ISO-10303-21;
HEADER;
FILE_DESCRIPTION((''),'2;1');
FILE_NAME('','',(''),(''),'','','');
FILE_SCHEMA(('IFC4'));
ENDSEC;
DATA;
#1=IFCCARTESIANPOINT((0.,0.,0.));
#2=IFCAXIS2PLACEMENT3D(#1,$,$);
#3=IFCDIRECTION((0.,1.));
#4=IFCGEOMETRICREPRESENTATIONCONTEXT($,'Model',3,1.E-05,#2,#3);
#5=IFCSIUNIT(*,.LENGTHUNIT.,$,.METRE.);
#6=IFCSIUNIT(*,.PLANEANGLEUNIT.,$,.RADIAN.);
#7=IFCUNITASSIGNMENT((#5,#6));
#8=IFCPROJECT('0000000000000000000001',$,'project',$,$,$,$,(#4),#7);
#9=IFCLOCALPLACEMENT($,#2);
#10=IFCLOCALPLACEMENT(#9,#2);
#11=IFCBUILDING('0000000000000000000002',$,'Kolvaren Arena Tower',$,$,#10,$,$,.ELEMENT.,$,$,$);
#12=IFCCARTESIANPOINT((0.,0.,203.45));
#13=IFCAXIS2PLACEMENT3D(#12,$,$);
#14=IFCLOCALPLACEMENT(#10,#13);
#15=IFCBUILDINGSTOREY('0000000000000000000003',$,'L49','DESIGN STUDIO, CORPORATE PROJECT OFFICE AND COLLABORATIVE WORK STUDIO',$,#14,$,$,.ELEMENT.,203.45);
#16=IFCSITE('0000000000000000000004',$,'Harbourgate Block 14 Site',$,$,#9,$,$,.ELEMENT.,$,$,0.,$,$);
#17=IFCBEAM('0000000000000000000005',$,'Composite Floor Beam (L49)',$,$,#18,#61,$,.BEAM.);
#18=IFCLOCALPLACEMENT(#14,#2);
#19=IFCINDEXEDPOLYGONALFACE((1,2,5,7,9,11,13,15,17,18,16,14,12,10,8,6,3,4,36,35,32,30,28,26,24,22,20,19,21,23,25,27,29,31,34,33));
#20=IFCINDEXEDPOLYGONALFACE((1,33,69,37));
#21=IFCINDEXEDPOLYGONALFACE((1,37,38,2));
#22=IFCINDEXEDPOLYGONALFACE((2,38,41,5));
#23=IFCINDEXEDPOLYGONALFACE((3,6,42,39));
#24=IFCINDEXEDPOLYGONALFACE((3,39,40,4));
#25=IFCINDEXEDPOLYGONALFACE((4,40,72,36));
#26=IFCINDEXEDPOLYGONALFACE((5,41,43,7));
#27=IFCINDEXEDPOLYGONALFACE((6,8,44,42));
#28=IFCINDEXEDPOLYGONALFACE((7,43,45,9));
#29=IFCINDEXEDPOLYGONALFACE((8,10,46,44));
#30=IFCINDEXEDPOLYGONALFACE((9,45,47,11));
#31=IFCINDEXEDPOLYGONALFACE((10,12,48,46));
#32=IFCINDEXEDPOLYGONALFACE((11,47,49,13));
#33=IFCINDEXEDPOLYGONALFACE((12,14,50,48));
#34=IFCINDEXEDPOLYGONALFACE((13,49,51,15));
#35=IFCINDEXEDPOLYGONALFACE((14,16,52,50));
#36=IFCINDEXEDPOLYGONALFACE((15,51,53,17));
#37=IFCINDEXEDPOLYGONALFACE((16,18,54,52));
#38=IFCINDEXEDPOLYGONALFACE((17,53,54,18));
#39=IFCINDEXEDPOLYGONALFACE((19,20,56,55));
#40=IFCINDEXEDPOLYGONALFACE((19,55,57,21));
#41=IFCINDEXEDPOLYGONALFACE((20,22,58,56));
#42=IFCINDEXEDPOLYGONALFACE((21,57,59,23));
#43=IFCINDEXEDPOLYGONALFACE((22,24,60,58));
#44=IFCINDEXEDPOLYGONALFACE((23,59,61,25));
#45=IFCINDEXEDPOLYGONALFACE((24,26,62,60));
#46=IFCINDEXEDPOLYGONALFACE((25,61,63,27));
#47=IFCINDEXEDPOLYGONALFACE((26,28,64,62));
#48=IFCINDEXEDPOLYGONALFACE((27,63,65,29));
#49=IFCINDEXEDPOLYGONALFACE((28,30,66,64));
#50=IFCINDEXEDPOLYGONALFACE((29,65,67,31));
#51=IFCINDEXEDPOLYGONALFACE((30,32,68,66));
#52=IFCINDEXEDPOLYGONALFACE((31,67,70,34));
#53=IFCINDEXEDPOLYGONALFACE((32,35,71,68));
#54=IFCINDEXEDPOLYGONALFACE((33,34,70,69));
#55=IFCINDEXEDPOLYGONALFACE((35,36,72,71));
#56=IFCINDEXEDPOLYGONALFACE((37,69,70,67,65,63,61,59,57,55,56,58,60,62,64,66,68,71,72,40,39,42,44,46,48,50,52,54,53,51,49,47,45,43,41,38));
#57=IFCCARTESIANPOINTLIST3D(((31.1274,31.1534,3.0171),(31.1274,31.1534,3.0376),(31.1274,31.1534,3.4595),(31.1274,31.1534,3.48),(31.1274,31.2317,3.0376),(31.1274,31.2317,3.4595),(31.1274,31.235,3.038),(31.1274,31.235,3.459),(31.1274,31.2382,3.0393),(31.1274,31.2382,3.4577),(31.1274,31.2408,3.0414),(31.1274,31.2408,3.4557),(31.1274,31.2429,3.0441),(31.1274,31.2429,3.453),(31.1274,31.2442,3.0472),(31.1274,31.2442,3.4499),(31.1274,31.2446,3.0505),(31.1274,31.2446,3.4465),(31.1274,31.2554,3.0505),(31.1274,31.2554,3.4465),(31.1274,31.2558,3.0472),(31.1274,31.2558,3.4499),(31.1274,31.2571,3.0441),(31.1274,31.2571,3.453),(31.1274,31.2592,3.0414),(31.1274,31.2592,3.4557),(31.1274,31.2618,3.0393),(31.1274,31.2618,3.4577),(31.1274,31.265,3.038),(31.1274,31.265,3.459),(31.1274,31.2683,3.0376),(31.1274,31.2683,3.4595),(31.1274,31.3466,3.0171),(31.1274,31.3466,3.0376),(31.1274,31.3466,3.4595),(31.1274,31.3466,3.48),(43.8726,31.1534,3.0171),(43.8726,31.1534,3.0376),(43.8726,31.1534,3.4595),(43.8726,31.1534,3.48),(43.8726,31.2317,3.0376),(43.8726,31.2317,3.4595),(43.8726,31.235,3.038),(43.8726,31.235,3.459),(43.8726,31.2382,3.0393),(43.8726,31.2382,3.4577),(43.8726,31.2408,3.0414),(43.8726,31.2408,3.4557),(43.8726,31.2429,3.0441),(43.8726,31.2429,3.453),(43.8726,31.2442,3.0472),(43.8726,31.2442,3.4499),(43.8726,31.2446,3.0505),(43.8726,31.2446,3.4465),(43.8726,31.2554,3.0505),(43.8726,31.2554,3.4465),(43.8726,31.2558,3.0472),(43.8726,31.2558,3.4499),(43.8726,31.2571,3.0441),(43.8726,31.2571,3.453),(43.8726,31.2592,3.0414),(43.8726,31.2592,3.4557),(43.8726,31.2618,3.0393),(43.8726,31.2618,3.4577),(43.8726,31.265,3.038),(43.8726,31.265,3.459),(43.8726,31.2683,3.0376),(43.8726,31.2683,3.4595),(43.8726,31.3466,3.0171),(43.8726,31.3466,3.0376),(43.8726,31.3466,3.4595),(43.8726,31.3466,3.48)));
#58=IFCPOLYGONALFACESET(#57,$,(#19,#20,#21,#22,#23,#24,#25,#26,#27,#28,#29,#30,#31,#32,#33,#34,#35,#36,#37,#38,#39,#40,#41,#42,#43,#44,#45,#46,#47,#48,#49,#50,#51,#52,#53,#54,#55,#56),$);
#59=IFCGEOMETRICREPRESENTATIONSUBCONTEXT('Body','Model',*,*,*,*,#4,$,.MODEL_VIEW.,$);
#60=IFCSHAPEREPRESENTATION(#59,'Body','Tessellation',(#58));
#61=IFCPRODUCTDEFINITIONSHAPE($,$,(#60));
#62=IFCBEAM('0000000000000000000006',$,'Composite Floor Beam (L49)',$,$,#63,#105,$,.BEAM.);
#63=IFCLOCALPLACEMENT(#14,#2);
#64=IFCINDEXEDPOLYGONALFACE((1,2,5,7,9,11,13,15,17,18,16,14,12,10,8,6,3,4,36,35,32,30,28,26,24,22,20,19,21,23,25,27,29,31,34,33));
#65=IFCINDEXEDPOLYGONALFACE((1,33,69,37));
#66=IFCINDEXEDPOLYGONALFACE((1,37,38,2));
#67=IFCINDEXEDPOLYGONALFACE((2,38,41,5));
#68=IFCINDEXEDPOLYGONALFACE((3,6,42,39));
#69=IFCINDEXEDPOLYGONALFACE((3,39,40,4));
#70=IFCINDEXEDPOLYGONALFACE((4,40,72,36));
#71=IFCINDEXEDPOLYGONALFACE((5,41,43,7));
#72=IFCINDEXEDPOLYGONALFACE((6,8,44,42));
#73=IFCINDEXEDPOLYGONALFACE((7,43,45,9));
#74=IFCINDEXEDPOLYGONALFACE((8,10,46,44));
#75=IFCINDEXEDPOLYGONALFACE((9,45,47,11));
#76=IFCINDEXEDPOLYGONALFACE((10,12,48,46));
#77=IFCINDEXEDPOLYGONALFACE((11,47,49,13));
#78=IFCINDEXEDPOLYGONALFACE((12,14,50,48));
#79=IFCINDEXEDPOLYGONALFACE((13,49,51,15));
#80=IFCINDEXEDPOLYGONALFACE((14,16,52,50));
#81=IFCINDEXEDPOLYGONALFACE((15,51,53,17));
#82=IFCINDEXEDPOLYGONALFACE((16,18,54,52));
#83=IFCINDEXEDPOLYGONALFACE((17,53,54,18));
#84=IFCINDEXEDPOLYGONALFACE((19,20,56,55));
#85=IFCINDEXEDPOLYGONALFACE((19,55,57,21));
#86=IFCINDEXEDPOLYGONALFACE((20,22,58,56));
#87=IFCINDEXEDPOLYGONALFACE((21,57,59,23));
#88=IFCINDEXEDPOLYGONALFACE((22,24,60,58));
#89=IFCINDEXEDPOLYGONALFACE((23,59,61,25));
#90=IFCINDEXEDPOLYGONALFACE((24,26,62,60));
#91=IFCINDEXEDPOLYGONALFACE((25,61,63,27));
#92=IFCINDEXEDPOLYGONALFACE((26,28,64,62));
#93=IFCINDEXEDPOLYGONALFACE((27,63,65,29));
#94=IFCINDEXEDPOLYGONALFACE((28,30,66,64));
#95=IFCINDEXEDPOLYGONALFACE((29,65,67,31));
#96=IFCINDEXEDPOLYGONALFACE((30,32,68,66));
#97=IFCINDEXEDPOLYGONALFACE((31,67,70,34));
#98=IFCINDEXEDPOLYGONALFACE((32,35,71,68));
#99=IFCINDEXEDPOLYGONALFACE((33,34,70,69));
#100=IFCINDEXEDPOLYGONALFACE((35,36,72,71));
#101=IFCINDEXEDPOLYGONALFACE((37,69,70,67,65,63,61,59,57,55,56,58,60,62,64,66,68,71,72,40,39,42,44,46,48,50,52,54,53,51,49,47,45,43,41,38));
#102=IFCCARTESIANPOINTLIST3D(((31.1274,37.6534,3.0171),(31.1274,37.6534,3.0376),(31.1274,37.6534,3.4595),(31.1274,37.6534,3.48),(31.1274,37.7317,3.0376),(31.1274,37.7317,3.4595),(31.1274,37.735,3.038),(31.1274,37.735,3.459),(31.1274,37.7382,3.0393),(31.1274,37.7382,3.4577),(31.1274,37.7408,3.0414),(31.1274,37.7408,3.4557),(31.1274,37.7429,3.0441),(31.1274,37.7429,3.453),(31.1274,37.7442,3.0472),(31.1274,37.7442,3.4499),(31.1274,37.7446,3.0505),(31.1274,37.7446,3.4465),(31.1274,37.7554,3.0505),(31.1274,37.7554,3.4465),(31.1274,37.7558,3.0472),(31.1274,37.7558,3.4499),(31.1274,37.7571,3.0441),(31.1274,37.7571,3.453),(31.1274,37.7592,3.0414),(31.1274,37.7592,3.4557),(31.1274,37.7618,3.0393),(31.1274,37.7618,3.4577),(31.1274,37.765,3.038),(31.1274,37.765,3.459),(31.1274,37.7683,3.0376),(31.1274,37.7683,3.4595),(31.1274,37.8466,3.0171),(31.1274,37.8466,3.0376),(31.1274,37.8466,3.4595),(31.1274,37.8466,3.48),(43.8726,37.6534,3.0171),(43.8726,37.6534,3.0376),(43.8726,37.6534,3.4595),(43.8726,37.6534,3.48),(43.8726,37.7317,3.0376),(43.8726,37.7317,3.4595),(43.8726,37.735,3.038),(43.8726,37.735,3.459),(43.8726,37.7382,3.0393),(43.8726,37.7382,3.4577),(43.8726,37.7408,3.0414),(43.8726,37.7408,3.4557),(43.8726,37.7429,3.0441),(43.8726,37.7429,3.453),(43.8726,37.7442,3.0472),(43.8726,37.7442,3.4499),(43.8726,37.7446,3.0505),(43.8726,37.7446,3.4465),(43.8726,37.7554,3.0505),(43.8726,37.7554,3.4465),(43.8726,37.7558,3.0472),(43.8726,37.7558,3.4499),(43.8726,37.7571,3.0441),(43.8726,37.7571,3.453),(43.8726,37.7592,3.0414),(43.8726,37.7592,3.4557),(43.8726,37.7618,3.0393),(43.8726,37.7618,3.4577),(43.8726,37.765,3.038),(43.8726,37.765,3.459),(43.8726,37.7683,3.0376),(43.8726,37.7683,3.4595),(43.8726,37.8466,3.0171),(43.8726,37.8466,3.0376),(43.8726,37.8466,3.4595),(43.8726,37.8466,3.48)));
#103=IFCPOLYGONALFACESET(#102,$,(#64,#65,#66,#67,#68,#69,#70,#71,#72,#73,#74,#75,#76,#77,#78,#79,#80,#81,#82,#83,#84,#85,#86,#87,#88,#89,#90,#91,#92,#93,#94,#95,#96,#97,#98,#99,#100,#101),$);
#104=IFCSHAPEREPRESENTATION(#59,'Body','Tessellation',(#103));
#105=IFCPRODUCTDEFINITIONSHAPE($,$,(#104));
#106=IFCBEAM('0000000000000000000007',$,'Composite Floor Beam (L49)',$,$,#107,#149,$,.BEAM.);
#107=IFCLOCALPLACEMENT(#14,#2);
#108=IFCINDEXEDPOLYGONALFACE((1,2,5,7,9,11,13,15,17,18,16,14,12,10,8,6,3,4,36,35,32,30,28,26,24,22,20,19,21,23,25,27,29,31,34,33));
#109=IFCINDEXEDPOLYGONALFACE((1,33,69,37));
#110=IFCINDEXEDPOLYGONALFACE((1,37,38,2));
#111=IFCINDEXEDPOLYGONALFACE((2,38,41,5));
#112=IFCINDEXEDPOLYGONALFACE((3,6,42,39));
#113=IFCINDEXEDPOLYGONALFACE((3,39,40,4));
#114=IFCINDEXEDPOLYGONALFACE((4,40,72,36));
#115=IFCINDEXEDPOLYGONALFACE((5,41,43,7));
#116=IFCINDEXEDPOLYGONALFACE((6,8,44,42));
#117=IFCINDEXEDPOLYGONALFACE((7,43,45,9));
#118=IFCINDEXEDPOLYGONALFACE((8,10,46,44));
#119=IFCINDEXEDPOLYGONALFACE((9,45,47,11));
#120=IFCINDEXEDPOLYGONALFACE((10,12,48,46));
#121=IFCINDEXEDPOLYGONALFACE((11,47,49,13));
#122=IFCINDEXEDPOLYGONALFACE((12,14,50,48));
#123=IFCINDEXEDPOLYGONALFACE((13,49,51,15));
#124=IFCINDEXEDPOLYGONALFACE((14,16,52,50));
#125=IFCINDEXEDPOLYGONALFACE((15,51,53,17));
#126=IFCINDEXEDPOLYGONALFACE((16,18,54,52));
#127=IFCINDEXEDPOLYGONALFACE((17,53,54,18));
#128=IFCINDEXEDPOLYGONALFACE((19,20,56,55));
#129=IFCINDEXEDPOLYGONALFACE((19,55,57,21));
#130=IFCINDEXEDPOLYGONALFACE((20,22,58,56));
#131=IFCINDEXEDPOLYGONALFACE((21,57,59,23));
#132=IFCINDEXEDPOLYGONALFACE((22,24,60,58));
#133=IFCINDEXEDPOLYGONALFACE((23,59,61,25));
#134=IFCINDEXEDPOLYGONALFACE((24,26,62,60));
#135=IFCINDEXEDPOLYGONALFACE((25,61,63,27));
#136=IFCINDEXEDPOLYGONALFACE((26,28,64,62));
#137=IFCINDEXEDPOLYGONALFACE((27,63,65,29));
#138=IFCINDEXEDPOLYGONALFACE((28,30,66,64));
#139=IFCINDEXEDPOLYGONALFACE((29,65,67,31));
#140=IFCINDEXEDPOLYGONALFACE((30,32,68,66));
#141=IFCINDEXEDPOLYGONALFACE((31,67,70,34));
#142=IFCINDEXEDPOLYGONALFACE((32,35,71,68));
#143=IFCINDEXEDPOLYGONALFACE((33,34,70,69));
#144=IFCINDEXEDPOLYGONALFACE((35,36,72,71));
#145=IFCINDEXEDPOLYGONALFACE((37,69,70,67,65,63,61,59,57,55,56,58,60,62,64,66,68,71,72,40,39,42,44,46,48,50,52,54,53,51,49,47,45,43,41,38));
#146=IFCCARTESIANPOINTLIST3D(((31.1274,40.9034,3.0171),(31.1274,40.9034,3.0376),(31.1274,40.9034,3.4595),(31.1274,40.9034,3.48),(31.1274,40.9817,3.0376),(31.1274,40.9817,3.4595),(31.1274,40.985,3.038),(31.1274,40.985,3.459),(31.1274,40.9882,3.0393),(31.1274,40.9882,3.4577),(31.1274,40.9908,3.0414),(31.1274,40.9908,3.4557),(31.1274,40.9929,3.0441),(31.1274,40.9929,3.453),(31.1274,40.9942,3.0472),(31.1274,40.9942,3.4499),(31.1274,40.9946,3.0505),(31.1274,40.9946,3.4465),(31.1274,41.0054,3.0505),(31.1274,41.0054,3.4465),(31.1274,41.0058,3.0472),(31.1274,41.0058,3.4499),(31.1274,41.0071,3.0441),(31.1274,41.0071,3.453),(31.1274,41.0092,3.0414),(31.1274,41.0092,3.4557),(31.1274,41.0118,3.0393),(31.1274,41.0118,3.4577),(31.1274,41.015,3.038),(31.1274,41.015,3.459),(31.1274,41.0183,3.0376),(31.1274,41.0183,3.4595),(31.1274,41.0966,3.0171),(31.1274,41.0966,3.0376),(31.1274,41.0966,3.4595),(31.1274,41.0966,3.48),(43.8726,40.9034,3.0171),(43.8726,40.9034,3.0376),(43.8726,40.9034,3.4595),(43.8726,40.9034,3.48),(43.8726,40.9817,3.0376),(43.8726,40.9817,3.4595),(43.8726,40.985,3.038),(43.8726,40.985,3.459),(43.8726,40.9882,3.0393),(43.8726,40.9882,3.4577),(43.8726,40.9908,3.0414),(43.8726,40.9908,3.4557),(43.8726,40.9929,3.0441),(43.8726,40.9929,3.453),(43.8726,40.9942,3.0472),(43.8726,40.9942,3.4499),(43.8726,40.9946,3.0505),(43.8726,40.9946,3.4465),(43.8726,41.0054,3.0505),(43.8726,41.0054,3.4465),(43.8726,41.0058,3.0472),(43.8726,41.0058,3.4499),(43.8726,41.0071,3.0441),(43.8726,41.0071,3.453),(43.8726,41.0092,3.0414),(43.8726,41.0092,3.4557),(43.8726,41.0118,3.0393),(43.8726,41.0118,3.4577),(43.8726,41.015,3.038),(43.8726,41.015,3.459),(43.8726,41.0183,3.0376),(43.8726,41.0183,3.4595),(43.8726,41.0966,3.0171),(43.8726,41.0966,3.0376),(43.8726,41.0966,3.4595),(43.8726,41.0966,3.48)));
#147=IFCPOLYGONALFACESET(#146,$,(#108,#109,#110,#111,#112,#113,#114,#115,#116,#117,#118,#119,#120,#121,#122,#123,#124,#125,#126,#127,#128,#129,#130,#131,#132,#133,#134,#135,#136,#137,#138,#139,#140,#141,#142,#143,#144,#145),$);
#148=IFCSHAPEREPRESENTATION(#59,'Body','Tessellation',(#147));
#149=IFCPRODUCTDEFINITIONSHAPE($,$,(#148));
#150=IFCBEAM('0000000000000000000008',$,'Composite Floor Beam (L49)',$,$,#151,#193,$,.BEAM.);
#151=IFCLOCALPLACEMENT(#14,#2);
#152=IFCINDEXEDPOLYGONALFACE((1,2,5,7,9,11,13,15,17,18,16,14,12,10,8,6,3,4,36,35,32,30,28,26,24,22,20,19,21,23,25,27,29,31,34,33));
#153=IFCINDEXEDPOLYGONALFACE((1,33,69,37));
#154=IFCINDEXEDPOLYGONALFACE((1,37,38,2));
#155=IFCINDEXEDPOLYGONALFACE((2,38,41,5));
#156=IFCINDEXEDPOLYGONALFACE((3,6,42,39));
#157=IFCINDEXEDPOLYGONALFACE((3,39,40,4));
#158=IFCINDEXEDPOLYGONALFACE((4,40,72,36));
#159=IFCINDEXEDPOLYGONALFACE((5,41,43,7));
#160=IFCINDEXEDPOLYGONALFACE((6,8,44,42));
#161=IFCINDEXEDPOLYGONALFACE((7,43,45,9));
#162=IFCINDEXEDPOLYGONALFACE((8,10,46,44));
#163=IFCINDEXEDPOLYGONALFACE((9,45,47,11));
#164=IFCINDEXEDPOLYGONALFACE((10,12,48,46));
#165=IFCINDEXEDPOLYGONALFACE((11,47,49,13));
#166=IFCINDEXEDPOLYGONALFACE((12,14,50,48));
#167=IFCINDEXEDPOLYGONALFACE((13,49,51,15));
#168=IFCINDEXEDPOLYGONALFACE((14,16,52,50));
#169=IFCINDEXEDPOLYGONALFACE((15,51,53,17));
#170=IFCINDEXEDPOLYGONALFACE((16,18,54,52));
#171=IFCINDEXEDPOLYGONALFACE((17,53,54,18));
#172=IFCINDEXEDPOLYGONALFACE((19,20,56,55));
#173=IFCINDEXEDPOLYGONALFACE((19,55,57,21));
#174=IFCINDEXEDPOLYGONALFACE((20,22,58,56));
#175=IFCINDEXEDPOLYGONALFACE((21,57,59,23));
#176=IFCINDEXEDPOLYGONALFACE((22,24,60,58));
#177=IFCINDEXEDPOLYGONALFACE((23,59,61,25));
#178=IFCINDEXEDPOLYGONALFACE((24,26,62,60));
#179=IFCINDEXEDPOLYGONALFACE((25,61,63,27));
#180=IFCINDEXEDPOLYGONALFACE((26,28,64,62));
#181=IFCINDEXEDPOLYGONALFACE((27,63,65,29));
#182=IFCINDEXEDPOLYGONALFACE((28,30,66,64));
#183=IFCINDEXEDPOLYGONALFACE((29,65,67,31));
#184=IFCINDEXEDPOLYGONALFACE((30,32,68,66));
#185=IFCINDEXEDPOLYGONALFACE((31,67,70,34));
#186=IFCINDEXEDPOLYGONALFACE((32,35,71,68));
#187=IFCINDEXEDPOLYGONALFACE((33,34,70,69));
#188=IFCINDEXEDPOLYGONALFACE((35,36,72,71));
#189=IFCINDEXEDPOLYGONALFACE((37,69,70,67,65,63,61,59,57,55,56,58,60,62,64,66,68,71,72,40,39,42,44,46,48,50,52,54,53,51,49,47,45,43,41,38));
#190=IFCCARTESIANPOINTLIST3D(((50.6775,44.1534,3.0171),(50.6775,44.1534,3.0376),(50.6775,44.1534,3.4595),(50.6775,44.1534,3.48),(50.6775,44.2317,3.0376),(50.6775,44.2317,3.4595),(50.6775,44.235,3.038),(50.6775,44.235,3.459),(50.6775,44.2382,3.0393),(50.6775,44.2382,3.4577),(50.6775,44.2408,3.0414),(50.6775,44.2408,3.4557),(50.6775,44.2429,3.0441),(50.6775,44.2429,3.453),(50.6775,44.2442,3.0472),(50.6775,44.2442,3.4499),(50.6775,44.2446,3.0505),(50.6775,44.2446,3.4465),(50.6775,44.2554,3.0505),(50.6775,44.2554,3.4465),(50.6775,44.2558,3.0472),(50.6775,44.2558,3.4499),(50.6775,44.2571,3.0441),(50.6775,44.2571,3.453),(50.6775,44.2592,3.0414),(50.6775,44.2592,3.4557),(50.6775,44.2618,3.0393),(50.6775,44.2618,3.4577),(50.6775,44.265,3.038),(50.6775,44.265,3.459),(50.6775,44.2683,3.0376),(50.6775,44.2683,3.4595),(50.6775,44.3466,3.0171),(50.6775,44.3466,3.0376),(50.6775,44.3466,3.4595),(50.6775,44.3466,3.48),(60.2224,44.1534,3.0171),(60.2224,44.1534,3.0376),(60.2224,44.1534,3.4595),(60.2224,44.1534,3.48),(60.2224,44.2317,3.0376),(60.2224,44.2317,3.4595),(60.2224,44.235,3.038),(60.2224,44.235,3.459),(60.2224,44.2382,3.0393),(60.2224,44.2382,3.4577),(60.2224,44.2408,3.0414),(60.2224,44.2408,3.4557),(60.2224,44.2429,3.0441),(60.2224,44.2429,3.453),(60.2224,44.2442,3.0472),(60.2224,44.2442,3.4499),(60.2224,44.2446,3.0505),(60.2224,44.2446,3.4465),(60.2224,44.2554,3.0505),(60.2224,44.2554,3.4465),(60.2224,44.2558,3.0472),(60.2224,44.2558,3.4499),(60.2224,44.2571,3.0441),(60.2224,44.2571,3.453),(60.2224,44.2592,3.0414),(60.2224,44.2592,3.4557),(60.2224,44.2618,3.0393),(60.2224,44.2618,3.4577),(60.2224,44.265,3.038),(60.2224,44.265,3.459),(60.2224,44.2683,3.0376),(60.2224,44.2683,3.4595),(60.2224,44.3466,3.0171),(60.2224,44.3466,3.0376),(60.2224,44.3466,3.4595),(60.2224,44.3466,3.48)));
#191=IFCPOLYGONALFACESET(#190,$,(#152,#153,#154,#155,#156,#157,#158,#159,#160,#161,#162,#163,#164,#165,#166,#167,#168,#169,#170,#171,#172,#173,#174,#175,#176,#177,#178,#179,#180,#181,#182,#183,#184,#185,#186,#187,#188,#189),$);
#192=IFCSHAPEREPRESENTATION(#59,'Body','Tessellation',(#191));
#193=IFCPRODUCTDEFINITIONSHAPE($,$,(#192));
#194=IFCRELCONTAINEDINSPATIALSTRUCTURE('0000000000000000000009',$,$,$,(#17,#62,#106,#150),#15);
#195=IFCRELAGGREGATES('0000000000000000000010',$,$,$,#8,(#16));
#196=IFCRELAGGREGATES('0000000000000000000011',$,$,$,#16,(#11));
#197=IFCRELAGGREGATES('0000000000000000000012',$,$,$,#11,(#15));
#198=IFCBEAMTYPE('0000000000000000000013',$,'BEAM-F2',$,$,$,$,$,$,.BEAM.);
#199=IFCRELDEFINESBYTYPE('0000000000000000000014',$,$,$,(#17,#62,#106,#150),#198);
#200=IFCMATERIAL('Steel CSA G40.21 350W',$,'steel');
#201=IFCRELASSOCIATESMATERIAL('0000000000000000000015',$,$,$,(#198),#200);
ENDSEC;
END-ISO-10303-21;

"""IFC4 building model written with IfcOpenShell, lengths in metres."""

from ifc_helpers import new_model, si_unit, direction, frame, origin, origin_2d, place, context, subcontext, project, spatial, i_section, extrude, material, material_profile, profile_set, type_object, element, save


model = new_model("IFC4")

# Units and contexts
model_context = context("Model", 3, precision=1e-05, world=origin(), true_north=direction((0.0, 1.0)))
body_context = subcontext(model_context, "Body", "Model", "MODEL_VIEW")
ifc_project = project(units=[si_unit("LENGTHUNIT", "METRE"), si_unit("PLANEANGLEUNIT", "RADIAN")], contexts=[model_context])

# Site, building, storey
site_placement = place(None, origin())
site = spatial("IfcSite", under=ifc_project, at=site_placement, Name="Harbourgate Block 14 Site", CompositionType="ELEMENT", RefElevation=0.0)
building_placement = place(site_placement, origin())
building = spatial("IfcBuilding", under=site, at=building_placement, Name="Kolvaren Arena Tower", CompositionType="ELEMENT")
storey_placement = place(building_placement, frame((0.0, 0.0, 203.45)))
storey = spatial("IfcBuildingStorey", under=building, at=storey_placement, Name="L49", Description="DESIGN STUDIO, CORPORATE PROJECT OFFICE AND COLLABORATIVE WORK STUDIO", CompositionType="ELEMENT", Elevation=203.45)

# Beams
ifc_material_1 = material(Name="Steel CSA G40.21 350W", Category="steel")
ifc_material_profile_1 = material_profile(ifc_material_1, i_section(OverallWidth=0.1931, OverallDepth=0.4629, WebThickness=0.0107, FlangeThickness=0.0205, FilletRadius=0.0129, at=origin_2d()), Name="W460x113")
ifc_profile_set_1 = profile_set([ifc_material_profile_1], Name="Steel CSA G40.21 350W")
beam_type_1 = type_object("IfcBeamType", Name="BEAM-F2", PredefinedType="BEAM", material=ifc_profile_set_1)
for number, where, z_axis, x_axis, name in (
    (1, (31.1274, 31.25, 3.2485), (1.0, 0.0, 0.0), (0.0, 1.0, 0.0), "Composite Floor Beam (L49)"),
    (2, (31.1274, 37.75, 3.2485), (1.0, 0.0, 0.0), (0.0, 1.0, 0.0), "Composite Floor Beam (L49)"),
    (3, (31.1274, 41.0, 3.2485), (1.0, 0.0, 0.0), (0.0, 1.0, 0.0), "Composite Floor Beam (L49)"),
):
    element("IfcBeam", number, at=place(storey_placement, frame(where, z_axis=z_axis, x_axis=x_axis)), inside=storey, type_object=beam_type_1, Name=name, PredefinedType="BEAM", context=body_context, shape_type="SweptSolid", body=[
        extrude(i_section(OverallWidth=0.1931, OverallDepth=0.4629, WebThickness=0.0107, FlangeThickness=0.0205, FilletRadius=0.0129, at=origin_2d()), origin(), (0.0, 0.0, 1.0), 12.7451),
    ])
beam_1_placement = place(storey_placement, frame((50.6775, 44.25, 3.2485), z_axis=(1.0, 0.0, 0.0), x_axis=(0.0, 1.0, 0.0)))
element("IfcBeam", 4, at=beam_1_placement, inside=storey, type_object=beam_type_1, Name="Composite Floor Beam (L49)", PredefinedType="BEAM", context=body_context, shape_type="SweptSolid", body=[
    extrude(i_section(OverallWidth=0.1931, OverallDepth=0.4629, WebThickness=0.0107, FlangeThickness=0.0205, FilletRadius=0.0129, at=origin_2d()), origin(), (0.0, 0.0, 1.0), 9.5449),
])

save(model, "model.ifc")
